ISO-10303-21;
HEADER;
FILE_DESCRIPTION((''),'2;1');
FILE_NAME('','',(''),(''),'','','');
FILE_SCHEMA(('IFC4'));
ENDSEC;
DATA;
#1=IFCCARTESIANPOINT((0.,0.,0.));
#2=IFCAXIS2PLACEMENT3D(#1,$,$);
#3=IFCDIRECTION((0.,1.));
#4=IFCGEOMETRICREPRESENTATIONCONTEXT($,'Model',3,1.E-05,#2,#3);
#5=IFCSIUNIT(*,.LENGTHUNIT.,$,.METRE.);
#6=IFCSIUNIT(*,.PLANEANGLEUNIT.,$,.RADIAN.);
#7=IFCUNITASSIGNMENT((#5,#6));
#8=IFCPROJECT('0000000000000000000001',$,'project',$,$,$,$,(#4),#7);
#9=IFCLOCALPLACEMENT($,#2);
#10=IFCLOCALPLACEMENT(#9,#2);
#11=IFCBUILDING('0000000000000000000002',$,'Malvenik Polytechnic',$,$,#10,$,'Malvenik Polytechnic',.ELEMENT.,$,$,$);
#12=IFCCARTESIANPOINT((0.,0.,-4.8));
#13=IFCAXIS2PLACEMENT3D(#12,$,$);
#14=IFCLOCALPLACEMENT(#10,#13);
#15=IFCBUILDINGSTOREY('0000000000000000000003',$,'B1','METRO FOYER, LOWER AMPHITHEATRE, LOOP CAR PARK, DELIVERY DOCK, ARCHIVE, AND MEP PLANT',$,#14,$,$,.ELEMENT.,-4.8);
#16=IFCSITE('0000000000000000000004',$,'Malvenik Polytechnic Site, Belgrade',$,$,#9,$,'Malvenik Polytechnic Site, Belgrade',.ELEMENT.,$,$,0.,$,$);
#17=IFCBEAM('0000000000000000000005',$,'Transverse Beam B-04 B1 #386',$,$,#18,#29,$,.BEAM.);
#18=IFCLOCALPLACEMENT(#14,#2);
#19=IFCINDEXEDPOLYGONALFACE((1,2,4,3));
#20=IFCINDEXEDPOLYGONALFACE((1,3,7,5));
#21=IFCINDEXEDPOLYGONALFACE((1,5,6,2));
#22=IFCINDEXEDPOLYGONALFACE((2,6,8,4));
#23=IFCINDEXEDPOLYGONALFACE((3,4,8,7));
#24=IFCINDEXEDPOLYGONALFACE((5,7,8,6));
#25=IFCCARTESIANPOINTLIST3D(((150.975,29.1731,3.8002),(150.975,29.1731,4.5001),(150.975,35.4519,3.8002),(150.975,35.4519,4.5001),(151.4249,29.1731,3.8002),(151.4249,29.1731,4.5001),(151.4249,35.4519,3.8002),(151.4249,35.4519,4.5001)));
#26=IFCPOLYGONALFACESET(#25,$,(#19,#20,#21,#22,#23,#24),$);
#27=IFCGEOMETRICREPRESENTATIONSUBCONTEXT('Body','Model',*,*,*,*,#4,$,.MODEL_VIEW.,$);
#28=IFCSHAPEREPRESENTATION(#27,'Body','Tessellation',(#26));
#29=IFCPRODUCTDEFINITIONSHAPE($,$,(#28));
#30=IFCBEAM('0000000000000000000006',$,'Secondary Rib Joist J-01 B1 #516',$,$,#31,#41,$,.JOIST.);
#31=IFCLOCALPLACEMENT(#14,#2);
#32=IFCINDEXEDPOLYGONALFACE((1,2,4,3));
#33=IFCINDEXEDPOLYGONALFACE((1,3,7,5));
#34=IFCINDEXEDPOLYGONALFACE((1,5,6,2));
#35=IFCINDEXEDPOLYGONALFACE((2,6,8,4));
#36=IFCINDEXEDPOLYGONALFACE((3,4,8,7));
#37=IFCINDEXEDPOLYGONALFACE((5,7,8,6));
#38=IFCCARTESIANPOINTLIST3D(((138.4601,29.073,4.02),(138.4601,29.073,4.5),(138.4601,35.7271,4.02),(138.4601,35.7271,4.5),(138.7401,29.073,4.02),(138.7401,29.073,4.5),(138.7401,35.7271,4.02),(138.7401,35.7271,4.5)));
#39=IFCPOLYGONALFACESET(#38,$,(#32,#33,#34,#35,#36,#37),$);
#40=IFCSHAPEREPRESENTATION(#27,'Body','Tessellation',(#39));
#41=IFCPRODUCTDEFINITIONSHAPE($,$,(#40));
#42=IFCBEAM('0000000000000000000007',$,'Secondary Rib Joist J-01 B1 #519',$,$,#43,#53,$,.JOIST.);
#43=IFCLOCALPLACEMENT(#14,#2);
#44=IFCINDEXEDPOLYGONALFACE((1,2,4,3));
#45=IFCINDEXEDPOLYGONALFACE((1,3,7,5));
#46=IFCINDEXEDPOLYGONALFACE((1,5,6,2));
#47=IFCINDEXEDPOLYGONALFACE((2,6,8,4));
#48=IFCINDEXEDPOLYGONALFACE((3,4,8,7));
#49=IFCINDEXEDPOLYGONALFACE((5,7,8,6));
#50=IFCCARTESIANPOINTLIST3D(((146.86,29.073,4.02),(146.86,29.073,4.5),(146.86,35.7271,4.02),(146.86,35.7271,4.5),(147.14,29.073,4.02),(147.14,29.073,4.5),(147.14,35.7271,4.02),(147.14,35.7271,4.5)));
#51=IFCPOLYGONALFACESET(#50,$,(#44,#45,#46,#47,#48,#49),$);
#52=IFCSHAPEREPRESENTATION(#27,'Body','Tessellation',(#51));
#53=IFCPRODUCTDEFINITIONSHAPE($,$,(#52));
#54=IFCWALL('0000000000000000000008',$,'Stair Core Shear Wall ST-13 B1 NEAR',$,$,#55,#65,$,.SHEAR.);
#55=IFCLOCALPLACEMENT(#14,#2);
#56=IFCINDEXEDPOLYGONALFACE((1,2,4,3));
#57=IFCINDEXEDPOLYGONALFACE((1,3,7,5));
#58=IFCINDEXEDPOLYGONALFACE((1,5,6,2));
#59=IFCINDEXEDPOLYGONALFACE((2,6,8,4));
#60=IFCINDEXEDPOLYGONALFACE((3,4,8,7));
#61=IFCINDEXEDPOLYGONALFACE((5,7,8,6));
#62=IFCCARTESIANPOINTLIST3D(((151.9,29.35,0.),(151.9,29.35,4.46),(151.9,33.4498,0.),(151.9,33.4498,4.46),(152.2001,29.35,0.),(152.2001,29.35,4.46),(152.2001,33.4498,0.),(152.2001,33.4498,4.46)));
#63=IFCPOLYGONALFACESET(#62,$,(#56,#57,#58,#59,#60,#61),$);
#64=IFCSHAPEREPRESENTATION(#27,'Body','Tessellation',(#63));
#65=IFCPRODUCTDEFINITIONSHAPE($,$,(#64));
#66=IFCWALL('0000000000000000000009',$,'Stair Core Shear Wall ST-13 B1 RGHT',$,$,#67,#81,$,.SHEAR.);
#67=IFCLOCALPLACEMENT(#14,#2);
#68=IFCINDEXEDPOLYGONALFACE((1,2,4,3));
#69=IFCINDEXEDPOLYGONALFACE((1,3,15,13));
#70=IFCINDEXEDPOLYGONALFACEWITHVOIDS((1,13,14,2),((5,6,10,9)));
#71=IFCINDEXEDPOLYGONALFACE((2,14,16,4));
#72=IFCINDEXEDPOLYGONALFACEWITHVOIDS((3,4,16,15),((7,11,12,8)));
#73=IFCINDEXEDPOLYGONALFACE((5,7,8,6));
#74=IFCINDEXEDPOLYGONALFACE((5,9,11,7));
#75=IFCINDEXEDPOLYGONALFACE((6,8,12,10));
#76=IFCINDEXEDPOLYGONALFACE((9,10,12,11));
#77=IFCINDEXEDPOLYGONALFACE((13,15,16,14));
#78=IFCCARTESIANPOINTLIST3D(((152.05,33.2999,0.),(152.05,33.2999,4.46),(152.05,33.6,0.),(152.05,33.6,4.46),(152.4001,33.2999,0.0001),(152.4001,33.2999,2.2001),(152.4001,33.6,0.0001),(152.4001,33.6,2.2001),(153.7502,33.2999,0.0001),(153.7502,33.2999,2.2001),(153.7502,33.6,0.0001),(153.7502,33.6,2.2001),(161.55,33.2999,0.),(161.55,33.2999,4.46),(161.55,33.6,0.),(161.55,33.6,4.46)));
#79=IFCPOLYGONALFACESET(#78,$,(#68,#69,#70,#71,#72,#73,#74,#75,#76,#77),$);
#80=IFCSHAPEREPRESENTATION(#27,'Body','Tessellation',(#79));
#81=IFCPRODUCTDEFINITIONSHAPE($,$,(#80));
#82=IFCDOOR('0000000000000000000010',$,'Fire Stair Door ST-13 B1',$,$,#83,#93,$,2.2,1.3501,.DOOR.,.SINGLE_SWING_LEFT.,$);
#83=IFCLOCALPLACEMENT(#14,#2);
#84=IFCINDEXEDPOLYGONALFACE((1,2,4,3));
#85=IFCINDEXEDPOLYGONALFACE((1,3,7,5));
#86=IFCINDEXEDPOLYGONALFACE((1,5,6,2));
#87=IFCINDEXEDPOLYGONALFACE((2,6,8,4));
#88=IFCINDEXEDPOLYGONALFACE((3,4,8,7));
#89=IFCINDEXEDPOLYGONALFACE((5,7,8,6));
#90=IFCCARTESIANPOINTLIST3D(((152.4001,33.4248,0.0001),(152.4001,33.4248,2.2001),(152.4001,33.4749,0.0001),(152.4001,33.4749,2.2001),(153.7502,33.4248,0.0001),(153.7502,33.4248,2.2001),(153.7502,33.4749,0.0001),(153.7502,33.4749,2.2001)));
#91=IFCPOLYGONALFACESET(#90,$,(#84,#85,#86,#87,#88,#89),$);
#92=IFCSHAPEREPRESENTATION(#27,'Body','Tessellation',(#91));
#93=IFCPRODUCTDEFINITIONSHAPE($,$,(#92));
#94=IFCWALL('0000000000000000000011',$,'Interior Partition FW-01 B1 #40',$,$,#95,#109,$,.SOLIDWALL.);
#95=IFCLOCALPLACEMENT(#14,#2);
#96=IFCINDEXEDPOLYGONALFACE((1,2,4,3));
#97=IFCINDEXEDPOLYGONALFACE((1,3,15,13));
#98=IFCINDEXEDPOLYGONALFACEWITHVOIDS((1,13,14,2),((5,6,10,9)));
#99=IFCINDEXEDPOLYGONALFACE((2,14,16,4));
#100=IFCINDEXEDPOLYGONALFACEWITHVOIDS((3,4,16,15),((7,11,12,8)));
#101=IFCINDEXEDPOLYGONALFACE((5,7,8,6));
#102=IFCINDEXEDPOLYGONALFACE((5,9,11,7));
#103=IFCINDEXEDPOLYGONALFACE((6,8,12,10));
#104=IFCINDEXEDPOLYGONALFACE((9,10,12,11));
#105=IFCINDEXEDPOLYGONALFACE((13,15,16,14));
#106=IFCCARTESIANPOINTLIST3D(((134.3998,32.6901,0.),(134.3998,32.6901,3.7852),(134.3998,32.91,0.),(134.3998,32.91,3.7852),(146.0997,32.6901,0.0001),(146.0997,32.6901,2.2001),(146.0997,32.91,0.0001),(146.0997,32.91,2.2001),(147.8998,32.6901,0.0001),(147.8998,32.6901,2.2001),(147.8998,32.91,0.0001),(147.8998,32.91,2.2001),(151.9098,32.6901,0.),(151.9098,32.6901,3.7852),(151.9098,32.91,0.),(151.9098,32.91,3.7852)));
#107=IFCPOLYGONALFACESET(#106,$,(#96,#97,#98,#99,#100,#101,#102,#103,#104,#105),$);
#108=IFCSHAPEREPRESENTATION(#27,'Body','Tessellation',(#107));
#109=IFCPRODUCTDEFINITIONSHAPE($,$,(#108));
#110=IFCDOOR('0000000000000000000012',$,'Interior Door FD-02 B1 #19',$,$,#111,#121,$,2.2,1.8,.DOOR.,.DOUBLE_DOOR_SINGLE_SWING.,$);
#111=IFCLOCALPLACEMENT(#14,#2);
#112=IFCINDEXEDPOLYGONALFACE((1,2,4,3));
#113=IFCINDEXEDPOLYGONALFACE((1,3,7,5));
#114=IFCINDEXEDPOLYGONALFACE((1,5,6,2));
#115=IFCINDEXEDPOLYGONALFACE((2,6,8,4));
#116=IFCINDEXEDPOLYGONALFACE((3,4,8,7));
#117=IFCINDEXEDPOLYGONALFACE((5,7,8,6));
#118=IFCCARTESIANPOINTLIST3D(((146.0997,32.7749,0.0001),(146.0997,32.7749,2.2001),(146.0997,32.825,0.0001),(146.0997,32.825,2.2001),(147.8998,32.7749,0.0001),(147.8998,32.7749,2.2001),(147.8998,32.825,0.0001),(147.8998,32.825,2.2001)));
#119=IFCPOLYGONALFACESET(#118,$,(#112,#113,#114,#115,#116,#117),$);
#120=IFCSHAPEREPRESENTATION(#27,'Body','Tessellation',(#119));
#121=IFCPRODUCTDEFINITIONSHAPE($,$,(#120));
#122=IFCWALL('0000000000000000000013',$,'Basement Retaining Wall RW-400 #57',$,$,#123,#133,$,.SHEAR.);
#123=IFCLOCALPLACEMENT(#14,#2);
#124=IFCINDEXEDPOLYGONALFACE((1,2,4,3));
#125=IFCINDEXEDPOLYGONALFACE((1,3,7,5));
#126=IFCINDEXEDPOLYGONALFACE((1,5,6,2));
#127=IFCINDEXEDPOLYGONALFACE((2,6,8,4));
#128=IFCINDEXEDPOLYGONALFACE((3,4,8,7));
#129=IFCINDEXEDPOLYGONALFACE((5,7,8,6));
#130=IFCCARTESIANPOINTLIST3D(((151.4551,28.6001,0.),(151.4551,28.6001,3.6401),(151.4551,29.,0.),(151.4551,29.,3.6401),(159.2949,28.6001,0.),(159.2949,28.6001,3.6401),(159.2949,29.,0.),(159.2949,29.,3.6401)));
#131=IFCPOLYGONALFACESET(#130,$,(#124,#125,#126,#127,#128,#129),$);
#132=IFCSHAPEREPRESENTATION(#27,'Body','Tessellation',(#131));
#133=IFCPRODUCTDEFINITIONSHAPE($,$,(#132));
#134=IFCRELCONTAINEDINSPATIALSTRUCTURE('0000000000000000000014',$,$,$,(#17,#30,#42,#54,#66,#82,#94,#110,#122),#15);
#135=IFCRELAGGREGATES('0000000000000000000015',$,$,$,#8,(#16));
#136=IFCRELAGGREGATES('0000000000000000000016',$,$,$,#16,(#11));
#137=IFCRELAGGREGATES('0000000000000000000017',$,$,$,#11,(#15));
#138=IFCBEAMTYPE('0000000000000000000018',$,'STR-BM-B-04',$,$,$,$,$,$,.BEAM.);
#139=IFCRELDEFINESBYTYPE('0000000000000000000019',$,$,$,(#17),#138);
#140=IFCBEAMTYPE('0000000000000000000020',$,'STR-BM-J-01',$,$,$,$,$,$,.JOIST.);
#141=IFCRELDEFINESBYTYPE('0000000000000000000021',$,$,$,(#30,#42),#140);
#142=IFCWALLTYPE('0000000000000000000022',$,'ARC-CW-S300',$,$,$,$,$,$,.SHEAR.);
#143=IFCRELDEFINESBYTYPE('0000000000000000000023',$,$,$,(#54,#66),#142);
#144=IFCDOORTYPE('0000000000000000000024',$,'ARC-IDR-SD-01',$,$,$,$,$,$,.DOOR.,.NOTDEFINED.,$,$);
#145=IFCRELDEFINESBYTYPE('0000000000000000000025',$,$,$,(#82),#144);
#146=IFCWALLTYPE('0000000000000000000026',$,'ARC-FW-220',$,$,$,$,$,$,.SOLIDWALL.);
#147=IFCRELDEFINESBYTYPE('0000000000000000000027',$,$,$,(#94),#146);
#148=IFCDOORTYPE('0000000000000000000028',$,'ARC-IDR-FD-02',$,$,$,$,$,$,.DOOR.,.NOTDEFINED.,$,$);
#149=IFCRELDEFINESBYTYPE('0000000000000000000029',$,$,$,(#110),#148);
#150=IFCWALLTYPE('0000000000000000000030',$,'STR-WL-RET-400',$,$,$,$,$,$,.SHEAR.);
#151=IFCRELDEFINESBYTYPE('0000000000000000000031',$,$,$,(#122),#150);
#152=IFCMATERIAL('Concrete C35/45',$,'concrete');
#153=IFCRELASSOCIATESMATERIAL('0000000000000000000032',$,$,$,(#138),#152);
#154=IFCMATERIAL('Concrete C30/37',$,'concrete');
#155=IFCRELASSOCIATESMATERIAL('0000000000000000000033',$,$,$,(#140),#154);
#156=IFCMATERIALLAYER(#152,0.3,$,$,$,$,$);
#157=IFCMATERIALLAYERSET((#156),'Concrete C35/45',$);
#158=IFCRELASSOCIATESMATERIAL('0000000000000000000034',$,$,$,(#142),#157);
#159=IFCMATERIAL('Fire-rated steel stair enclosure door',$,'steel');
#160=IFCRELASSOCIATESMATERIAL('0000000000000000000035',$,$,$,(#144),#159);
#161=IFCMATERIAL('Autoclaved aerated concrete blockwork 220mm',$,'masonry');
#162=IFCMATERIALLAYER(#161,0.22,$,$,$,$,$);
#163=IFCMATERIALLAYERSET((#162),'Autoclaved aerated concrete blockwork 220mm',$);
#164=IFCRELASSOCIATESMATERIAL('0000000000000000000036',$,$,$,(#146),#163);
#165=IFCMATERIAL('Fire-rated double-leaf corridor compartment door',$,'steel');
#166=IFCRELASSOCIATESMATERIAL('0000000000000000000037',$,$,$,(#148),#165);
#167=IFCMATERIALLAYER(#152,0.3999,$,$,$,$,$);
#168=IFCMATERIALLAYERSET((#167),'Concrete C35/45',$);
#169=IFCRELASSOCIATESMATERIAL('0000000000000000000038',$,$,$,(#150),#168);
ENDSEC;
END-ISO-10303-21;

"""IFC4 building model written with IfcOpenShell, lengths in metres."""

from ifc_helpers import new_model, si_unit, direction, frame, frame_2d, origin, origin_2d, place, context, subcontext, project, spatial, rectangle, extrude, material, layer, layer_set, material_profile, profile_set, type_object, element, fill, save


model = new_model("IFC4")

# Units and contexts
model_context = context("Model", 3, precision=1e-05, world=origin(), true_north=direction((0.0, 1.0)))
body_context = subcontext(model_context, "Body", "Model", "MODEL_VIEW")
ifc_project = project(units=[si_unit("LENGTHUNIT", "METRE"), si_unit("PLANEANGLEUNIT", "RADIAN")], contexts=[model_context])

# Site, building, storey
site_placement = place(None, origin())
site = spatial("IfcSite", under=ifc_project, at=site_placement, Name="Malvenik Polytechnic Site, Belgrade", LongName="Malvenik Polytechnic Site, Belgrade", CompositionType="ELEMENT", RefElevation=0.0)
building_placement = place(site_placement, origin())
building = spatial("IfcBuilding", under=site, at=building_placement, Name="Malvenik Polytechnic", LongName="Malvenik Polytechnic", CompositionType="ELEMENT")
storey_placement = place(building_placement, frame((0.0, 0.0, -4.8)))
storey = spatial("IfcBuildingStorey", under=building, at=storey_placement, Name="B1", Description="METRO FOYER, LOWER AMPHITHEATRE, LOOP CAR PARK, DELIVERY DOCK, ARCHIVE, AND MEP PLANT", CompositionType="ELEMENT", Elevation=-4.8)

# Shared definitions
ifc_material_1 = material(Name="Concrete C35/45", Category="concrete")

# Beams
ifc_material_profile_1 = material_profile(ifc_material_1, rectangle(XDim=0.45, YDim=0.7, at=origin_2d()), Name="RC BM 450x700")
ifc_profile_set_1 = profile_set([ifc_material_profile_1], Name="Concrete C35/45")
beam_type_1 = type_object("IfcBeamType", Name="STR-BM-B-04", PredefinedType="BEAM", material=ifc_profile_set_1)
for number, where, z_axis, x_axis, name in (
    (1, (151.2, 29.1731, 4.1501), (0.0, 1.0, 0.0), (-1.0, 0.0, 0.0), "Transverse Beam B-04 B1 #386"),
):
    element("IfcBeam", number, at=place(storey_placement, frame(where, z_axis=z_axis, x_axis=x_axis)), inside=storey, type_object=beam_type_1, Name=name, PredefinedType="BEAM", context=body_context, shape_type="SweptSolid", body=[
        extrude(rectangle(XDim=0.45, YDim=0.7, at=origin_2d()), origin(), (0.0, 0.0, 1.0), 6.2788),
    ])
ifc_material_2 = material(Name="Concrete C30/37", Category="concrete")
ifc_material_profile_2 = material_profile(ifc_material_2, rectangle(XDim=0.28, YDim=0.48, at=origin_2d()), Name="RC JST 280x480")
ifc_profile_set_2 = profile_set([ifc_material_profile_2], Name="Concrete C30/37")
beam_type_2 = type_object("IfcBeamType", Name="STR-BM-J-01", PredefinedType="JOIST", material=ifc_profile_set_2)
for number, where, z_axis, x_axis, name in (
    (2, (138.6001, 29.073, 4.26), (0.0, 1.0, 0.0), (-1.0, 0.0, 0.0), "Secondary Rib Joist J-01 B1 #516"),
    (3, (147.0, 29.073, 4.26), (0.0, 1.0, 0.0), (-1.0, 0.0, 0.0), "Secondary Rib Joist J-01 B1 #519"),
):
    element("IfcBeam", number, at=place(storey_placement, frame(where, z_axis=z_axis, x_axis=x_axis)), inside=storey, type_object=beam_type_2, Name=name, PredefinedType="JOIST", context=body_context, shape_type="SweptSolid", body=[
        extrude(rectangle(XDim=0.28, YDim=0.48, at=origin_2d()), origin(), (0.0, 0.0, 1.0), 6.6541),
    ])

# Wall
ifc_layer_1 = layer(ifc_material_1, 0.3)
ifc_layer_set_1 = layer_set([ifc_layer_1], Name="Concrete C35/45")
wall_type_1 = type_object("IfcWallType", Name="ARC-CW-S300", PredefinedType="SHEAR", material=ifc_layer_set_1)
wall_1_placement = place(storey_placement, frame((152.05, 29.3501, 0.0), z_axis=(0.0, 0.0, 1.0), x_axis=(0.0, 1.0, 0.0)))
element("IfcWall", 4, at=wall_1_placement, inside=storey, type_object=wall_type_1, Name="Stair Core Shear Wall ST-13 B1 NEAR", PredefinedType="SHEAR", context=body_context, shape_type="SweptSolid", body=[
    extrude(rectangle(XDim=4.0999, YDim=0.3, at=frame_2d((2.0498, 0.0))), origin(), (0.0, 0.0, 1.0), 4.46),
])

# Walls, openings, doors
wall_2_placement = place(storey_placement, frame((152.05, 33.45, 0.0), z_axis=(0.0, 0.0, 1.0), x_axis=(1.0, 0.0, 0.0)))
wall_2 = element("IfcWall", 5, at=wall_2_placement, inside=storey, type_object=wall_type_1, Name="Stair Core Shear Wall ST-13 B1 RGHT", PredefinedType="SHEAR", context=body_context, shape_type="SweptSolid", body=[
    extrude(rectangle(XDim=9.5, YDim=0.3, at=frame_2d((4.75, 0.0))), origin(), (0.0, 0.0, 1.0), 4.46),
])
opening_1_placement = place(wall_2_placement, frame((0.3501, 0.0, 0.0)))
opening_1 = element("IfcOpeningElement", 6, at=opening_1_placement, cuts=wall_2, PredefinedType="OPENING", context=body_context, shape_type="SweptSolid", body=[
    extrude(rectangle(XDim=1.3501, YDim=2.2, at=frame_2d((0.675, 1.1001))), frame((0.0, 0.1602, 0.0), z_axis=(0.0, -1.0, 0.0), x_axis=(1.0, 0.0, 0.0)), (0.0, 0.0, 1.0), 0.3201),
])
ifc_material_3 = material(Name="Fire-rated steel stair enclosure door", Category="steel")
door_type_1 = type_object("IfcDoorType", Name="ARC-IDR-SD-01", OperationType="NOTDEFINED", PredefinedType="DOOR", material=ifc_material_3)
door_1_placement = place(opening_1_placement, origin())
door_1 = element("IfcDoor", 7, at=door_1_placement, inside=storey, type_object=door_type_1, Name="Fire Stair Door ST-13 B1", OperationType="SINGLE_SWING_LEFT", OverallHeight=2.2, OverallWidth=1.3501, PredefinedType="DOOR", context=body_context, shape_type="SweptSolid", body=[
    extrude(rectangle(XDim=1.3501, YDim=2.2, at=frame_2d((0.675, 1.1001))), frame((0.0, 0.0249, 0.0), z_axis=(0.0, -1.0, 0.0), x_axis=(1.0, 0.0, 0.0)), (0.0, 0.0, 1.0), 0.05),
])
fill(opening_1, door_1)
ifc_material_4 = material(Name="Autoclaved aerated concrete blockwork 220mm", Category="masonry")
ifc_layer_2 = layer(ifc_material_4, 0.22)
ifc_layer_set_2 = layer_set([ifc_layer_2], Name="Autoclaved aerated concrete blockwork 220mm")
wall_type_2 = type_object("IfcWallType", Name="ARC-FW-220", PredefinedType="SOLIDWALL", material=ifc_layer_set_2)
wall_3_placement = place(storey_placement, frame((134.3999, 32.8, 0.0), z_axis=(0.0, 0.0, 1.0), x_axis=(1.0, 0.0, 0.0)))
wall_3 = element("IfcWall", 8, at=wall_3_placement, inside=storey, type_object=wall_type_2, Name="Interior Partition FW-01 B1 #40", PredefinedType="SOLIDWALL", context=body_context, shape_type="SweptSolid", body=[
    extrude(rectangle(XDim=17.51, YDim=0.22, at=frame_2d((8.7549, 0.0))), origin(), (0.0, 0.0, 1.0), 3.7852),
])
opening_2_placement = place(wall_3_placement, frame((11.7, 0.0, 0.0)))
opening_2 = element("IfcOpeningElement", 9, at=opening_2_placement, cuts=wall_3, PredefinedType="OPENING", context=body_context, shape_type="SweptSolid", body=[
    extrude(rectangle(XDim=1.8, YDim=2.2, at=frame_2d((0.8999, 1.1001))), frame((0.0, 0.1201, 0.0), z_axis=(0.0, -1.0, 0.0), x_axis=(1.0, 0.0, 0.0)), (0.0, 0.0, 1.0), 0.24),
])
ifc_material_5 = material(Name="Fire-rated double-leaf corridor compartment door", Category="steel")
door_type_2 = type_object("IfcDoorType", Name="ARC-IDR-FD-02", OperationType="NOTDEFINED", PredefinedType="DOOR", material=ifc_material_5)
door_2_placement = place(opening_2_placement, origin())
door_2 = element("IfcDoor", 10, at=door_2_placement, inside=storey, type_object=door_type_2, Name="Interior Door FD-02 B1 #19", OperationType="DOUBLE_DOOR_SINGLE_SWING", OverallHeight=2.2, OverallWidth=1.8, PredefinedType="DOOR", context=body_context, shape_type="SweptSolid", body=[
    extrude(rectangle(XDim=1.8, YDim=2.2, at=frame_2d((0.8999, 1.1001))), frame((0.0, 0.0249, 0.0), z_axis=(0.0, -1.0, 0.0), x_axis=(1.0, 0.0, 0.0)), (0.0, 0.0, 1.0), 0.05),
])
fill(opening_2, door_2)

# Wall
ifc_layer_3 = layer(ifc_material_1, 0.3999)
ifc_layer_set_3 = layer_set([ifc_layer_3], Name="Concrete C35/45")
wall_type_3 = type_object("IfcWallType", Name="STR-WL-RET-400", PredefinedType="SHEAR", material=ifc_layer_set_3)
wall_4_placement = place(storey_placement, frame((151.4551, 28.8, 0.0), z_axis=(0.0, 0.0, 1.0), x_axis=(1.0, 0.0, 0.0)))
element("IfcWall", 11, at=wall_4_placement, inside=storey, type_object=wall_type_3, Name="Basement Retaining Wall RW-400 #57", PredefinedType="SHEAR", context=body_context, shape_type="SweptSolid", body=[
    extrude(rectangle(XDim=7.8398, YDim=0.3999, at=frame_2d((3.9199, 0.0))), origin(), (0.0, 0.0, 1.0), 3.6401),
])

save(model, "model.ifc")
